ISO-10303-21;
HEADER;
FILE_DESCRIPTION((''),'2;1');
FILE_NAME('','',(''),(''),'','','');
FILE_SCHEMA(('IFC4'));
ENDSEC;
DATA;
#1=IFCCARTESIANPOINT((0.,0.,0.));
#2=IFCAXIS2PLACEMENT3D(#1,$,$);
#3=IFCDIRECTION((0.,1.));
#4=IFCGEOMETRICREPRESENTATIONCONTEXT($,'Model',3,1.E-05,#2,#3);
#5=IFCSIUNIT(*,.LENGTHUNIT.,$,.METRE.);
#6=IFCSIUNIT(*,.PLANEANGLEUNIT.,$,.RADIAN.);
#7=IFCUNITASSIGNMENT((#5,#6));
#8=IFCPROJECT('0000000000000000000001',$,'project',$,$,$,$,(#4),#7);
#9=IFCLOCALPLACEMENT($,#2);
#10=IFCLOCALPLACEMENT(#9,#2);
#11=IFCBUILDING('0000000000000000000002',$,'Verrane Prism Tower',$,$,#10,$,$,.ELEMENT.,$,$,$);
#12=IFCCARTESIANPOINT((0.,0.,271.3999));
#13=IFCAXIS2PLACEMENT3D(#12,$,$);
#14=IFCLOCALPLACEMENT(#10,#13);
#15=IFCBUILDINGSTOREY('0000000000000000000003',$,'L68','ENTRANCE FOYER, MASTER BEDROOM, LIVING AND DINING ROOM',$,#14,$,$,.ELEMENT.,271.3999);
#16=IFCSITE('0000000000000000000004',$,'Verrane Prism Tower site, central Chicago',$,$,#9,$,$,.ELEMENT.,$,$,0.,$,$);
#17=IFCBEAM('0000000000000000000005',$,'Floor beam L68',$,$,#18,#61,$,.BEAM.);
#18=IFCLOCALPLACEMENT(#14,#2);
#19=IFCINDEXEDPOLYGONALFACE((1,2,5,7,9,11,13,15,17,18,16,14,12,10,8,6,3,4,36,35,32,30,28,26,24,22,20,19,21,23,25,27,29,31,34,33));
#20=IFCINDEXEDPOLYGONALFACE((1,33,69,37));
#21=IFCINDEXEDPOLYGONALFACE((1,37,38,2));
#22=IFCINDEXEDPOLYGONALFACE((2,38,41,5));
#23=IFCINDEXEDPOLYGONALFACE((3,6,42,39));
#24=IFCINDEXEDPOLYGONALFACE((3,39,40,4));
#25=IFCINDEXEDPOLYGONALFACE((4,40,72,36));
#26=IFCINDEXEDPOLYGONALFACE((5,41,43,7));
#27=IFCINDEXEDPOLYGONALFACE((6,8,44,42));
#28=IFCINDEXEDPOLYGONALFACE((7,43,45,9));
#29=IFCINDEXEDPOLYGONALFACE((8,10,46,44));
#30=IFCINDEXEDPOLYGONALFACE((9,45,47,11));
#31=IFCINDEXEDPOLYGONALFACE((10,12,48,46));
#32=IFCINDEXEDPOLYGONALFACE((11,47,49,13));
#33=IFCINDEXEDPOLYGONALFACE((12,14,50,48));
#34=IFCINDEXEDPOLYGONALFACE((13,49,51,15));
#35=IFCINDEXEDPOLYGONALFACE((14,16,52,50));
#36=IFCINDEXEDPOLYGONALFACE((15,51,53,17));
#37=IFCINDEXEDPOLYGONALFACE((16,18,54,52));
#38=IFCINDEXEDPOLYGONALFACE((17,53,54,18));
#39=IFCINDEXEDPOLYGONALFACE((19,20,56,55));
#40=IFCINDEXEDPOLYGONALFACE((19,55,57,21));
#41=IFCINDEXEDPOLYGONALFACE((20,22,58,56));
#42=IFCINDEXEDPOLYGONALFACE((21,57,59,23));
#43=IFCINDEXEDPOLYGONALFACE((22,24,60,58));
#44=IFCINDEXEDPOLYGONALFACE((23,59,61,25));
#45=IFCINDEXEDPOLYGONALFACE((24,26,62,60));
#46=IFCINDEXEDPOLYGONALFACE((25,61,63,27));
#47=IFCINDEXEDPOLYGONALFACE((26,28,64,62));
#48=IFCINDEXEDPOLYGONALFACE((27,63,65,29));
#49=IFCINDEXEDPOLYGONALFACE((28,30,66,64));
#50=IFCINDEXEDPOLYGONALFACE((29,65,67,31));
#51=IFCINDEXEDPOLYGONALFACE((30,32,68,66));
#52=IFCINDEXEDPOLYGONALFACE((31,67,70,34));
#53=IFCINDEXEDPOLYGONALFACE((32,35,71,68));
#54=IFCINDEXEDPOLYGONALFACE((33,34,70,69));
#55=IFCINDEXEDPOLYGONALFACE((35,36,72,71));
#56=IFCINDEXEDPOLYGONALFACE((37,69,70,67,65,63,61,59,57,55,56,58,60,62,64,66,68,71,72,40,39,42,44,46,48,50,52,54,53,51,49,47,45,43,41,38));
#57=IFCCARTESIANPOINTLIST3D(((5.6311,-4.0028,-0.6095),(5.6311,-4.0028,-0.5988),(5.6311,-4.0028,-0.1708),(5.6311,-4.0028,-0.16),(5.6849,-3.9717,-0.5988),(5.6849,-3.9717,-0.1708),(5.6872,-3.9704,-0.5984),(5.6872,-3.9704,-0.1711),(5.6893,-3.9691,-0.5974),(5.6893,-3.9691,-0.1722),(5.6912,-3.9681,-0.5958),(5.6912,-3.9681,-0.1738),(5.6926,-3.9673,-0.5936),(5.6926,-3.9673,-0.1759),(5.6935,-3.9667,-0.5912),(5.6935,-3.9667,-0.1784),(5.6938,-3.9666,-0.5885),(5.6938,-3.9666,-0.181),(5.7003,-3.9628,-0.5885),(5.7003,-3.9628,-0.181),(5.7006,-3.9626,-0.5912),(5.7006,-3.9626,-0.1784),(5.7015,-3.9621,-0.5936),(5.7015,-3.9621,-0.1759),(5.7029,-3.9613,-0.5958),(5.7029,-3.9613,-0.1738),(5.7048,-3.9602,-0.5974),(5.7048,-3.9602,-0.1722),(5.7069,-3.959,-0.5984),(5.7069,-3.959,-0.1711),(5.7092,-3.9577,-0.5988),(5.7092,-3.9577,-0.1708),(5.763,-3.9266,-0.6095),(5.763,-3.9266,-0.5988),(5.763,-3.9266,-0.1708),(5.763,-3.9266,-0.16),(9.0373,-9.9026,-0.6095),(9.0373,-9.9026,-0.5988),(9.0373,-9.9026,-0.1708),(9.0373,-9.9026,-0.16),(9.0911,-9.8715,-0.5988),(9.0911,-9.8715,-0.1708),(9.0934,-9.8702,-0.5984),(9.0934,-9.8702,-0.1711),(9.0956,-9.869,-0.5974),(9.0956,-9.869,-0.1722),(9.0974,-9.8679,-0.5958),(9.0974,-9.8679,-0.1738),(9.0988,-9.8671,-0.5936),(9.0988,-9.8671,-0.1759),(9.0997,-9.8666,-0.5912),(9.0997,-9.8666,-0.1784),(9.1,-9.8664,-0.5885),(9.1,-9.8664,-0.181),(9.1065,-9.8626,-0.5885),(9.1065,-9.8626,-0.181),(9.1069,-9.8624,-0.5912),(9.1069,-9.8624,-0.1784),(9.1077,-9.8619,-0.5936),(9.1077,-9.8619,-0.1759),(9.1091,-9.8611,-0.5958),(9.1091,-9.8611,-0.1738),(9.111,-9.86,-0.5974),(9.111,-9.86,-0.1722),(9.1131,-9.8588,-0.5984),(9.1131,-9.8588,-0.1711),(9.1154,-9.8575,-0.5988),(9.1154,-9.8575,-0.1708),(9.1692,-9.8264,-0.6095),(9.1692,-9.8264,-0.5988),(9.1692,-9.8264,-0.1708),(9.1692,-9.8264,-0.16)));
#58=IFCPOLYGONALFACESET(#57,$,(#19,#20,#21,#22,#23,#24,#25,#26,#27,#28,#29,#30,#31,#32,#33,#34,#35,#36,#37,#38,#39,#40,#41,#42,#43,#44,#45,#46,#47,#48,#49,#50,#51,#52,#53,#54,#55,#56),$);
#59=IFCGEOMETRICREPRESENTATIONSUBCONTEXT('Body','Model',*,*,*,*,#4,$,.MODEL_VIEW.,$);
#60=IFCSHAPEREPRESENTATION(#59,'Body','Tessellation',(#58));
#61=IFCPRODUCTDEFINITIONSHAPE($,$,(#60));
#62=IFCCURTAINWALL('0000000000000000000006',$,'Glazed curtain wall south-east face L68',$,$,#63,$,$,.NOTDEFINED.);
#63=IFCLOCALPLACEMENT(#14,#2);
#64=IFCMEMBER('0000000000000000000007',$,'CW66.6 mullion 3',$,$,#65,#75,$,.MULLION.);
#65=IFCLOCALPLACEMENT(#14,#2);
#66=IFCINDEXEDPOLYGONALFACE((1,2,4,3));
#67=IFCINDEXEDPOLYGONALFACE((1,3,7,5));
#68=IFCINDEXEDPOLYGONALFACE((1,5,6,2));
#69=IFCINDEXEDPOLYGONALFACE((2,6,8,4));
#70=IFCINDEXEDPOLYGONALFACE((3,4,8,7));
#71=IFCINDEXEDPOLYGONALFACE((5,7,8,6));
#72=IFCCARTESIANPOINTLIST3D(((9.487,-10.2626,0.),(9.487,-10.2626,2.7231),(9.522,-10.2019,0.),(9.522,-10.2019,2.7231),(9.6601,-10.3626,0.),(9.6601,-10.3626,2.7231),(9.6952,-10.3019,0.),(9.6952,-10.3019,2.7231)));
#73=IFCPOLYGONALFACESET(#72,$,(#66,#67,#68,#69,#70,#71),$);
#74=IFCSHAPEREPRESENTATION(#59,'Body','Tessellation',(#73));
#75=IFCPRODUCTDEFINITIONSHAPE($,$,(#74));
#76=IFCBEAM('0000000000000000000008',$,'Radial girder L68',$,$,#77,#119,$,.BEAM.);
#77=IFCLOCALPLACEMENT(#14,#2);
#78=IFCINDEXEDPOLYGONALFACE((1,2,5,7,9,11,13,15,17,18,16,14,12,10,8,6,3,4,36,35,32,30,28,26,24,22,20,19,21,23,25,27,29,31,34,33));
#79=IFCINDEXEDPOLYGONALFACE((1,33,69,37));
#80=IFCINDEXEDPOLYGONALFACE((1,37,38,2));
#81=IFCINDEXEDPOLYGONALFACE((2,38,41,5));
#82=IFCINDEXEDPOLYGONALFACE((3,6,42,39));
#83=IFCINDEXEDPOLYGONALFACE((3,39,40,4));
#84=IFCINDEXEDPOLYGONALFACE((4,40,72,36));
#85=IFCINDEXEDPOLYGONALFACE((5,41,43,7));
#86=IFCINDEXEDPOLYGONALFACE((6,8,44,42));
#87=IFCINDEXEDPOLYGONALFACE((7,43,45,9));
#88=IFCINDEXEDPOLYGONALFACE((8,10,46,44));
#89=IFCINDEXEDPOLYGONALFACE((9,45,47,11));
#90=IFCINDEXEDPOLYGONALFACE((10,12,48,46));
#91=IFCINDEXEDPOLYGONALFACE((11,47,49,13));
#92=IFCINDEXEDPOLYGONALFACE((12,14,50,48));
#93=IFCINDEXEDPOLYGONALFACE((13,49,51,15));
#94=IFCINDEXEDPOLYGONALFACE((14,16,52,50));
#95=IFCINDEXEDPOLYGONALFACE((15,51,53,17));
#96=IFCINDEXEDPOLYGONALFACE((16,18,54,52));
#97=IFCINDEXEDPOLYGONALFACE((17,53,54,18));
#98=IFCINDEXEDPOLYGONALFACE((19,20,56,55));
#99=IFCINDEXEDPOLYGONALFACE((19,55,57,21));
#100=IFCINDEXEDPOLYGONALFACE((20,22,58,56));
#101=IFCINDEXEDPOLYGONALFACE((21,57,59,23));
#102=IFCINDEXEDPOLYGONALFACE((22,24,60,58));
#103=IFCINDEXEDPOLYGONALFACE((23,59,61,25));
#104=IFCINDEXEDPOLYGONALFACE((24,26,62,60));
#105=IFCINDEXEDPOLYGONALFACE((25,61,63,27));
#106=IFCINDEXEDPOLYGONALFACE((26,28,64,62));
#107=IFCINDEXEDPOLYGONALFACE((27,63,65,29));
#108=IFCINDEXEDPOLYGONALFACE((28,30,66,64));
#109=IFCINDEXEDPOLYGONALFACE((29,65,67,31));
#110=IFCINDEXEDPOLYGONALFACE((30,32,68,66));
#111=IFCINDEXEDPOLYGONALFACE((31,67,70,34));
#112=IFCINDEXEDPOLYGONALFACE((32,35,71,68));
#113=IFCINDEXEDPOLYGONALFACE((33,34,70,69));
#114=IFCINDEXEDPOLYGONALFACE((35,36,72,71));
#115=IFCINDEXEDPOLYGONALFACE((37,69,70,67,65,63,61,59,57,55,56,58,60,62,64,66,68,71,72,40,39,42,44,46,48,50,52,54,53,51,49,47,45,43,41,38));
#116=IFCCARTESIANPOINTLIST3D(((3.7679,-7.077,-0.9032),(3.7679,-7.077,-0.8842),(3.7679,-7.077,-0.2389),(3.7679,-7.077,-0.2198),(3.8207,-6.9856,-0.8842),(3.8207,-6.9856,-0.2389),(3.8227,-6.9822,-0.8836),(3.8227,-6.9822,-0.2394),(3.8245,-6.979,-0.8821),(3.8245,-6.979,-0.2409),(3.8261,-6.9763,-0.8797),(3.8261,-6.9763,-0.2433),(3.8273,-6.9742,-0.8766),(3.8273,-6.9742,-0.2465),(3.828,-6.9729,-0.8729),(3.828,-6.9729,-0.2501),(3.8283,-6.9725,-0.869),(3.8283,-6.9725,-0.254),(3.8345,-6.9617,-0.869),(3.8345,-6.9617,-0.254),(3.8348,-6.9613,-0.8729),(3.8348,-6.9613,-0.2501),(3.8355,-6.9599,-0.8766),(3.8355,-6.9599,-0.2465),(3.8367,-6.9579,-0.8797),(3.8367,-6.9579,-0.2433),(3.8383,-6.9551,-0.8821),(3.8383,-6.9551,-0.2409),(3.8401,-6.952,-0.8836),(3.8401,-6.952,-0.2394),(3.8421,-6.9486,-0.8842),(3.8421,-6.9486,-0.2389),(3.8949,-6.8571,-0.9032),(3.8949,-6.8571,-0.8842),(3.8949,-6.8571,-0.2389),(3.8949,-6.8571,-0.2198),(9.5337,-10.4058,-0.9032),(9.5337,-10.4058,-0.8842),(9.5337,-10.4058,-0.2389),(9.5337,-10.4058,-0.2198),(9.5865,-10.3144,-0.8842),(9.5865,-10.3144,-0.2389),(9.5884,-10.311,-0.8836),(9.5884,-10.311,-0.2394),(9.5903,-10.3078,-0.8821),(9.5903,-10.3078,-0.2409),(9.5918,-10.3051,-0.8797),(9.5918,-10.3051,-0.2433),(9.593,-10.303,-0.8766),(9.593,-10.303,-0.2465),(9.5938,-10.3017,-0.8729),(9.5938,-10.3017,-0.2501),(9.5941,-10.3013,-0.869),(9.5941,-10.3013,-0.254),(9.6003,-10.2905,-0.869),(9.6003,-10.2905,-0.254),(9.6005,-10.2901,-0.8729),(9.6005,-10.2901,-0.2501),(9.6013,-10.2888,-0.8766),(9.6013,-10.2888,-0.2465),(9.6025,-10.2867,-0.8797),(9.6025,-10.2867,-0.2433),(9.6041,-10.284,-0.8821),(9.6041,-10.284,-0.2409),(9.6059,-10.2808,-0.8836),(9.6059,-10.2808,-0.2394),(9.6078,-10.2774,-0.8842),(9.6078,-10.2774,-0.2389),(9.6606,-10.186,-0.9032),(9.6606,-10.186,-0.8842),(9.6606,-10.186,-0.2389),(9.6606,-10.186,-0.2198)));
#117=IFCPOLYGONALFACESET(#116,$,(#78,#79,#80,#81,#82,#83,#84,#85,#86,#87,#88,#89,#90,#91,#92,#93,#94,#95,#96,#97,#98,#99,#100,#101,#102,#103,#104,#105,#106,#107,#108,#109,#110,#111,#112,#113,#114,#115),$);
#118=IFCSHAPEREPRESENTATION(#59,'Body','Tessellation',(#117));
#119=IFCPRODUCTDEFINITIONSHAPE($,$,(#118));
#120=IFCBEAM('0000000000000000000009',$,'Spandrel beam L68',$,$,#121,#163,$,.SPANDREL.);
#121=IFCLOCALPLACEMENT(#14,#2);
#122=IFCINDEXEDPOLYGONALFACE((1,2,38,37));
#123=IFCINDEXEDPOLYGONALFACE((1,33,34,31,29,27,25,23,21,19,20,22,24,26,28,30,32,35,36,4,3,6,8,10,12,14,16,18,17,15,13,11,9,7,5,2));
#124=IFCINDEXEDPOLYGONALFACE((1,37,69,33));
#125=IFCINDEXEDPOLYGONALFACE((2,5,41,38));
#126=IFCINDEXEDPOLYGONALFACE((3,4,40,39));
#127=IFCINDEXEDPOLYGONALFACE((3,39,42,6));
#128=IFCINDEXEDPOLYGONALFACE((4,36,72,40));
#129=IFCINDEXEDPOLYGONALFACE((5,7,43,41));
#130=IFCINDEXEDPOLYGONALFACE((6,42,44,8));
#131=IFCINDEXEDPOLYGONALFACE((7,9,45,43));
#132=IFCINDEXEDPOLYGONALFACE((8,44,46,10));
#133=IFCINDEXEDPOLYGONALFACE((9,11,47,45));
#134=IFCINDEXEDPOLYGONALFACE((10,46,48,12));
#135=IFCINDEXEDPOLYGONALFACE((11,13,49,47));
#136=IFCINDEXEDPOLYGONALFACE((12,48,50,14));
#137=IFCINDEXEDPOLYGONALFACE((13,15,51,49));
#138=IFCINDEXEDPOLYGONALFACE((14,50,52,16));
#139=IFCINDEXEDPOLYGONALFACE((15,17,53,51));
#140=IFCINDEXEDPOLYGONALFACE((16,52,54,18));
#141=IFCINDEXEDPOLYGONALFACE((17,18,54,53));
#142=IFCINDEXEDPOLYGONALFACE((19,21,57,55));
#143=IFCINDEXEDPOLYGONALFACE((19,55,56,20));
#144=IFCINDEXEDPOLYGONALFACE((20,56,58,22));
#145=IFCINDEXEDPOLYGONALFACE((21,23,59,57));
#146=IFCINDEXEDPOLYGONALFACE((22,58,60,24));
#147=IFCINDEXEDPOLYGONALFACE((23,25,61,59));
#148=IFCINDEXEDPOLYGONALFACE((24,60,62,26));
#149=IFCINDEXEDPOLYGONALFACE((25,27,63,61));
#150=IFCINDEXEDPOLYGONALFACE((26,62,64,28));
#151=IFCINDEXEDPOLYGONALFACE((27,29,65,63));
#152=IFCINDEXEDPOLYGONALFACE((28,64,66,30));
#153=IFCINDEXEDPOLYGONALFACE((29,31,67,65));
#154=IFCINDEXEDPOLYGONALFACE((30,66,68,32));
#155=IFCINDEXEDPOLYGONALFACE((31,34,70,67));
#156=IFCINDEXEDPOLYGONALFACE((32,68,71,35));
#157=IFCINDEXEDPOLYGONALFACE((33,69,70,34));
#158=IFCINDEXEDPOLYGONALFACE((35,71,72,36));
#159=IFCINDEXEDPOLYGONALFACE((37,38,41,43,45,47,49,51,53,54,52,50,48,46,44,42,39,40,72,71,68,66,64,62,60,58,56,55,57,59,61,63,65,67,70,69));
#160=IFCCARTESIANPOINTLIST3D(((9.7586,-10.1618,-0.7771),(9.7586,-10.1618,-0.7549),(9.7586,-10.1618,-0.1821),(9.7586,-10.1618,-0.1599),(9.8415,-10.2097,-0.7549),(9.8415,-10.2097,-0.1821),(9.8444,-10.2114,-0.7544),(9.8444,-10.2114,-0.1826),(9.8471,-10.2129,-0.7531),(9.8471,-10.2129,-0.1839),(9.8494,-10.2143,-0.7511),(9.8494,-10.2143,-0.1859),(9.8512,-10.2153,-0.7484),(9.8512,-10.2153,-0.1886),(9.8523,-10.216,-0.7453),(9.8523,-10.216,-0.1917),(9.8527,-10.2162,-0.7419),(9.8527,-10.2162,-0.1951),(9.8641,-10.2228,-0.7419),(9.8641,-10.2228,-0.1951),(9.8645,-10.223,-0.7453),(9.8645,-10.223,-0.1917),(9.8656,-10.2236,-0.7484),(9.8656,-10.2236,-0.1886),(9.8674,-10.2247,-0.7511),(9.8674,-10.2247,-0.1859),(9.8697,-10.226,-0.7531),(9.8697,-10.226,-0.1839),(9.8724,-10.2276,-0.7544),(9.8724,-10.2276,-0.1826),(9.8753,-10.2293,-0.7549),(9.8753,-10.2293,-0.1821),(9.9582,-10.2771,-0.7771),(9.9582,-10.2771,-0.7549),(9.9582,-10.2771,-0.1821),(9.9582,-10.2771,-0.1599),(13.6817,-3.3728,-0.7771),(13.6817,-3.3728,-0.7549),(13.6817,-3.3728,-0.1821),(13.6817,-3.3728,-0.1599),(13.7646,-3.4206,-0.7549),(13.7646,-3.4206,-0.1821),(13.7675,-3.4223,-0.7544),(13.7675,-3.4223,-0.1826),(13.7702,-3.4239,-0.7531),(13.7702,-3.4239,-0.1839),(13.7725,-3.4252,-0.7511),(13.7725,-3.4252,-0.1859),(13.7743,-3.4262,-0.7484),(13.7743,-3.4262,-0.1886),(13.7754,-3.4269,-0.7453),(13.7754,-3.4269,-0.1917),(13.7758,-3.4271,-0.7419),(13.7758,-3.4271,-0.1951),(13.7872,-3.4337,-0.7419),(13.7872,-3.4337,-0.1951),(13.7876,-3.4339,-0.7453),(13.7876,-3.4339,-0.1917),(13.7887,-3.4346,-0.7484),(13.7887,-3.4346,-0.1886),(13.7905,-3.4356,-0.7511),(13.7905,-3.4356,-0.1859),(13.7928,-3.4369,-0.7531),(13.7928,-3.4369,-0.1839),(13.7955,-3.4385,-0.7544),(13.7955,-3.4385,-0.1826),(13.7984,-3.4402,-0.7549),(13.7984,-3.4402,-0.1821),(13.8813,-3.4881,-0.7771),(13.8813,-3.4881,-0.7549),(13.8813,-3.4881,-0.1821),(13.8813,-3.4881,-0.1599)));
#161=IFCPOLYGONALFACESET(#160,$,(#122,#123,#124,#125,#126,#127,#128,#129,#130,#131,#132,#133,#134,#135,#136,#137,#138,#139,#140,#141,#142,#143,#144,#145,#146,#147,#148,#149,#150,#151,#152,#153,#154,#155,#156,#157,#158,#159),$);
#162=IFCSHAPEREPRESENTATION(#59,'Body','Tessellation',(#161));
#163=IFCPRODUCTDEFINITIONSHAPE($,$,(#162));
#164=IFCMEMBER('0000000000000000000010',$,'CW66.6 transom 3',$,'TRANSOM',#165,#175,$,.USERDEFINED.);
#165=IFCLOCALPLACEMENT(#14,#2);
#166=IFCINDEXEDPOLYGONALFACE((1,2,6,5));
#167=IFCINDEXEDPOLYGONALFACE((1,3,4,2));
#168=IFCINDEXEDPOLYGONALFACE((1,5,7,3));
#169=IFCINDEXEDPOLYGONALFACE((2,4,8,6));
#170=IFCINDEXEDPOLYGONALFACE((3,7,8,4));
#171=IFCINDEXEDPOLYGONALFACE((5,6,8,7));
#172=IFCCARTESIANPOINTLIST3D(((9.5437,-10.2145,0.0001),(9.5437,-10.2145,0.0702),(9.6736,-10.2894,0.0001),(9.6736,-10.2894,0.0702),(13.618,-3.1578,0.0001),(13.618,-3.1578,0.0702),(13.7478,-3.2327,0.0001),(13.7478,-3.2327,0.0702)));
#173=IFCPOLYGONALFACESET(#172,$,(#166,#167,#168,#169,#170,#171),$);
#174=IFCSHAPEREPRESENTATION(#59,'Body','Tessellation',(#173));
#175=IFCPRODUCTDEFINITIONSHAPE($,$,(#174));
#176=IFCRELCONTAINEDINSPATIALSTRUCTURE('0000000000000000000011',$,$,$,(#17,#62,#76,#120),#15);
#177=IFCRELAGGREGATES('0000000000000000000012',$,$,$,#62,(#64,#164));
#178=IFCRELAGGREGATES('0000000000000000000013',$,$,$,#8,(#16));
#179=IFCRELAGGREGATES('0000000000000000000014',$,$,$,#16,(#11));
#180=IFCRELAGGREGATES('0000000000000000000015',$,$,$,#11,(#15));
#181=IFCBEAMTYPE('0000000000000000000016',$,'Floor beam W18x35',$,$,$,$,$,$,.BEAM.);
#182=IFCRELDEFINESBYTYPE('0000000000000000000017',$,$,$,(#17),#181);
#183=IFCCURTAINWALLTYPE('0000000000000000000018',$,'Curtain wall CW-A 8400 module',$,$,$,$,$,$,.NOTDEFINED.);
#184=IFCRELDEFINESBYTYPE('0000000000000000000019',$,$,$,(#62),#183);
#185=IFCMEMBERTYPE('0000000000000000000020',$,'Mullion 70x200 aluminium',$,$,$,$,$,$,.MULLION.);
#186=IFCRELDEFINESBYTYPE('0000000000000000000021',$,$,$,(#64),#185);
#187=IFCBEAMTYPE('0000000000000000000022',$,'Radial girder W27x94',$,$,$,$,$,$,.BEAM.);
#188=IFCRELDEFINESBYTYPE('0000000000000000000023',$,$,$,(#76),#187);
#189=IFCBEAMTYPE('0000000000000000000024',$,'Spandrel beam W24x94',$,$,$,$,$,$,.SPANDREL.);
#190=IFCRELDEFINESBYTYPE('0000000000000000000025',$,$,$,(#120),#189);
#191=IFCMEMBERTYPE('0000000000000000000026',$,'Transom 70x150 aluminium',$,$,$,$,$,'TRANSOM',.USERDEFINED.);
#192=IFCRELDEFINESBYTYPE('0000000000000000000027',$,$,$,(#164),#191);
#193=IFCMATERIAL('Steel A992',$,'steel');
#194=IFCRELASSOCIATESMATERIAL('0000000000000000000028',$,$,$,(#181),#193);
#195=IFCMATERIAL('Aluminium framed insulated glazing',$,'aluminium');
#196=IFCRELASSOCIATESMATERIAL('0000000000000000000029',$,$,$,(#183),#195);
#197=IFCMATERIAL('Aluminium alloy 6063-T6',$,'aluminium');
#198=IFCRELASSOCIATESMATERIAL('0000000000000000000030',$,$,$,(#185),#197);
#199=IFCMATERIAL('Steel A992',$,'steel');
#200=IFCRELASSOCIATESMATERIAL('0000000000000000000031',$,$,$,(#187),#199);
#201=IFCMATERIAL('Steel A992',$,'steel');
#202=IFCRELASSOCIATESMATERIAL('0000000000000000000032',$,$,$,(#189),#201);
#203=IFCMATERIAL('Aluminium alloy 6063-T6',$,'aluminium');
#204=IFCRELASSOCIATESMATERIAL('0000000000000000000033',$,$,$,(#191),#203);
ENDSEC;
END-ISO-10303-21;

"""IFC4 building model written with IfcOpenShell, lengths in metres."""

from ifc_helpers import new_model, si_unit, direction, frame, origin, origin_2d, place, context, subcontext, project, spatial, rectangle, i_section, extrude, material, material_profile, profile_set, type_object, element, aggregate, save


model = new_model("IFC4")

# Units and contexts
model_context = context("Model", 3, precision=1e-05, world=origin(), true_north=direction((0.0, 1.0)))
body_context = subcontext(model_context, "Body", "Model", "MODEL_VIEW")
ifc_project = project(units=[si_unit("LENGTHUNIT", "METRE"), si_unit("PLANEANGLEUNIT", "RADIAN")], contexts=[model_context])

# Site, building, storey
site_placement = place(None, origin())
site = spatial("IfcSite", under=ifc_project, at=site_placement, Name="Verrane Prism Tower site, central Chicago", CompositionType="ELEMENT", RefElevation=0.0)
building_placement = place(site_placement, origin())
building = spatial("IfcBuilding", under=site, at=building_placement, Name="Verrane Prism Tower", CompositionType="ELEMENT")
storey_placement = place(building_placement, frame((0.0, 0.0, 271.3999)))
storey = spatial("IfcBuildingStorey", under=building, at=storey_placement, Name="L68", Description="ENTRANCE FOYER, MASTER BEDROOM, LIVING AND DINING ROOM", CompositionType="ELEMENT", Elevation=271.3999)

# Beam
ifc_material_1 = material(Name="Steel A992", Category="steel")
ifc_material_profile_1 = material_profile(ifc_material_1, i_section(OverallWidth=0.1523, OverallDepth=0.4495, WebThickness=0.0076, FlangeThickness=0.0107, FilletRadius=0.0103, at=origin_2d()), Name="W18x35")
ifc_profile_set_1 = profile_set([ifc_material_profile_1], Name="Steel A992")
beam_type_1 = type_object("IfcBeamType", Name="Floor beam W18x35", PredefinedType="BEAM", material=ifc_profile_set_1)
beam_1_placement = place(storey_placement, frame((9.1033, -9.8645, -0.3848), z_axis=(-0.499993, 0.866029, 0.0), x_axis=(-0.866029, -0.499993, 0.0)))
element("IfcBeam", 1, at=beam_1_placement, inside=storey, type_object=beam_type_1, Name="Floor beam L68", PredefinedType="BEAM", context=body_context, shape_type="SweptSolid", body=[
    extrude(i_section(OverallWidth=0.1523, OverallDepth=0.4495, WebThickness=0.0076, FlangeThickness=0.0107, FilletRadius=0.0103, at=origin_2d()), origin(), (0.0, 0.0, 1.0), 6.8125),
])

# Curtain wall, member
ifc_material_2 = material(Name="Aluminium framed insulated glazing", Category="aluminium")
curtain_wall_type = type_object("IfcCurtainWallType", Name="Curtain wall CW-A 8400 module", PredefinedType="NOTDEFINED", material=ifc_material_2)
curtain_wall_placement = place(storey_placement, origin())
curtain_wall = element("IfcCurtainWall", 2, at=curtain_wall_placement, inside=storey, type_object=curtain_wall_type, Name="Glazed curtain wall south-east face L68", PredefinedType="NOTDEFINED")
ifc_material_3 = material(Name="Aluminium alloy 6063-T6", Category="aluminium")
ifc_material_profile_2 = material_profile(ifc_material_3, rectangle(XDim=0.2, YDim=0.0701, at=origin_2d()), Name="Mullion 70x200 aluminium")
ifc_profile_set_2 = profile_set([ifc_material_profile_2], Name="Aluminium alloy 6063-T6")
member_type_1 = type_object("IfcMemberType", Name="Mullion 70x200 aluminium", PredefinedType="MULLION", material=ifc_profile_set_2)
member_1_placement = place(storey_placement, frame((9.5911, -10.2822, 0.0), z_axis=(0.0, 0.0, 1.0), x_axis=(-0.866025, 0.500001, 0.0)))
member_1 = element("IfcMember", 3, at=member_1_placement, type_object=member_type_1, Name="CW66.6 mullion 3", PredefinedType="MULLION", context=body_context, shape_type="SweptSolid", body=[
    extrude(rectangle(XDim=0.2, YDim=0.0701, at=origin_2d()), origin(), (0.0, 0.0, 1.0), 2.7231),
])

# Beams
ifc_material_4 = material(Name="Steel A992", Category="steel")
ifc_material_profile_3 = material_profile(ifc_material_4, i_section(OverallWidth=0.2539, OverallDepth=0.6833, WebThickness=0.0125, FlangeThickness=0.019, FilletRadius=0.0151, at=origin_2d()), Name="W27x94")
ifc_profile_set_3 = profile_set([ifc_material_profile_3], Name="Steel A992")
beam_type_2 = type_object("IfcBeamType", Name="Radial girder W27x94", PredefinedType="BEAM", material=ifc_profile_set_3)
beam_2_placement = place(storey_placement, frame((9.5972, -10.2959, -0.5615), z_axis=(-0.86603, 0.499992, 0.0), x_axis=(-0.499992, -0.86603, 0.0)))
element("IfcBeam", 4, at=beam_2_placement, inside=storey, type_object=beam_type_2, Name="Radial girder L68", PredefinedType="BEAM", context=body_context, shape_type="SweptSolid", body=[
    extrude(i_section(OverallWidth=0.2539, OverallDepth=0.6833, WebThickness=0.0125, FlangeThickness=0.019, FilletRadius=0.0151, at=origin_2d()), origin(), (0.0, 0.0, 1.0), 6.6577),
])
ifc_material_5 = material(Name="Steel A992", Category="steel")
ifc_material_profile_4 = material_profile(ifc_material_5, i_section(OverallWidth=0.2305, OverallDepth=0.6172, WebThickness=0.0132, FlangeThickness=0.0222, FilletRadius=0.0129, at=origin_2d()), Name="W24x94")
ifc_profile_set_4 = profile_set([ifc_material_profile_4], Name="Steel A992")
beam_type_3 = type_object("IfcBeamType", Name="Spandrel beam W24x94", PredefinedType="SPANDREL", material=ifc_profile_set_4)
beam_3_placement = place(storey_placement, frame((9.8584, -10.2195, -0.4685), z_axis=(0.500328, 0.865836, 0.0), x_axis=(-0.865836, 0.500328, 0.0)))
element("IfcBeam", 5, at=beam_3_placement, inside=storey, type_object=beam_type_3, Name="Spandrel beam L68", PredefinedType="SPANDREL", context=body_context, shape_type="SweptSolid", body=[
    extrude(i_section(OverallWidth=0.2305, OverallDepth=0.6172, WebThickness=0.0132, FlangeThickness=0.0222, FilletRadius=0.0129, at=origin_2d()), origin(), (0.0, 0.0, 1.0), 7.8411),
])

# Member
ifc_material_6 = material(Name="Aluminium alloy 6063-T6", Category="aluminium")
ifc_material_profile_5 = material_profile(ifc_material_6, rectangle(XDim=0.1499, YDim=0.0701, at=origin_2d()), Name="Transom 70x150 aluminium")
ifc_profile_set_5 = profile_set([ifc_material_profile_5], Name="Aluminium alloy 6063-T6")
member_type_2 = type_object("IfcMemberType", Name="Transom 70x150 aluminium", ElementType="TRANSOM", PredefinedType="USERDEFINED", material=ifc_profile_set_5)
member_2_placement = place(storey_placement, frame((9.6086, -10.252, 0.0352), z_axis=(0.500006, 0.866022, 0.0), x_axis=(-0.866022, 0.500006, 0.0)))
member_2 = element("IfcMember", 6, at=member_2_placement, type_object=member_type_2, Name="CW66.6 transom 3", ObjectType="TRANSOM", PredefinedType="USERDEFINED", context=body_context, shape_type="SweptSolid", body=[
    extrude(rectangle(XDim=0.1499, YDim=0.0701, at=origin_2d()), origin(), (0.0, 0.0, 1.0), 8.1484),
])

aggregate(curtain_wall, [member_1, member_2])

save(model, "model.ifc")
